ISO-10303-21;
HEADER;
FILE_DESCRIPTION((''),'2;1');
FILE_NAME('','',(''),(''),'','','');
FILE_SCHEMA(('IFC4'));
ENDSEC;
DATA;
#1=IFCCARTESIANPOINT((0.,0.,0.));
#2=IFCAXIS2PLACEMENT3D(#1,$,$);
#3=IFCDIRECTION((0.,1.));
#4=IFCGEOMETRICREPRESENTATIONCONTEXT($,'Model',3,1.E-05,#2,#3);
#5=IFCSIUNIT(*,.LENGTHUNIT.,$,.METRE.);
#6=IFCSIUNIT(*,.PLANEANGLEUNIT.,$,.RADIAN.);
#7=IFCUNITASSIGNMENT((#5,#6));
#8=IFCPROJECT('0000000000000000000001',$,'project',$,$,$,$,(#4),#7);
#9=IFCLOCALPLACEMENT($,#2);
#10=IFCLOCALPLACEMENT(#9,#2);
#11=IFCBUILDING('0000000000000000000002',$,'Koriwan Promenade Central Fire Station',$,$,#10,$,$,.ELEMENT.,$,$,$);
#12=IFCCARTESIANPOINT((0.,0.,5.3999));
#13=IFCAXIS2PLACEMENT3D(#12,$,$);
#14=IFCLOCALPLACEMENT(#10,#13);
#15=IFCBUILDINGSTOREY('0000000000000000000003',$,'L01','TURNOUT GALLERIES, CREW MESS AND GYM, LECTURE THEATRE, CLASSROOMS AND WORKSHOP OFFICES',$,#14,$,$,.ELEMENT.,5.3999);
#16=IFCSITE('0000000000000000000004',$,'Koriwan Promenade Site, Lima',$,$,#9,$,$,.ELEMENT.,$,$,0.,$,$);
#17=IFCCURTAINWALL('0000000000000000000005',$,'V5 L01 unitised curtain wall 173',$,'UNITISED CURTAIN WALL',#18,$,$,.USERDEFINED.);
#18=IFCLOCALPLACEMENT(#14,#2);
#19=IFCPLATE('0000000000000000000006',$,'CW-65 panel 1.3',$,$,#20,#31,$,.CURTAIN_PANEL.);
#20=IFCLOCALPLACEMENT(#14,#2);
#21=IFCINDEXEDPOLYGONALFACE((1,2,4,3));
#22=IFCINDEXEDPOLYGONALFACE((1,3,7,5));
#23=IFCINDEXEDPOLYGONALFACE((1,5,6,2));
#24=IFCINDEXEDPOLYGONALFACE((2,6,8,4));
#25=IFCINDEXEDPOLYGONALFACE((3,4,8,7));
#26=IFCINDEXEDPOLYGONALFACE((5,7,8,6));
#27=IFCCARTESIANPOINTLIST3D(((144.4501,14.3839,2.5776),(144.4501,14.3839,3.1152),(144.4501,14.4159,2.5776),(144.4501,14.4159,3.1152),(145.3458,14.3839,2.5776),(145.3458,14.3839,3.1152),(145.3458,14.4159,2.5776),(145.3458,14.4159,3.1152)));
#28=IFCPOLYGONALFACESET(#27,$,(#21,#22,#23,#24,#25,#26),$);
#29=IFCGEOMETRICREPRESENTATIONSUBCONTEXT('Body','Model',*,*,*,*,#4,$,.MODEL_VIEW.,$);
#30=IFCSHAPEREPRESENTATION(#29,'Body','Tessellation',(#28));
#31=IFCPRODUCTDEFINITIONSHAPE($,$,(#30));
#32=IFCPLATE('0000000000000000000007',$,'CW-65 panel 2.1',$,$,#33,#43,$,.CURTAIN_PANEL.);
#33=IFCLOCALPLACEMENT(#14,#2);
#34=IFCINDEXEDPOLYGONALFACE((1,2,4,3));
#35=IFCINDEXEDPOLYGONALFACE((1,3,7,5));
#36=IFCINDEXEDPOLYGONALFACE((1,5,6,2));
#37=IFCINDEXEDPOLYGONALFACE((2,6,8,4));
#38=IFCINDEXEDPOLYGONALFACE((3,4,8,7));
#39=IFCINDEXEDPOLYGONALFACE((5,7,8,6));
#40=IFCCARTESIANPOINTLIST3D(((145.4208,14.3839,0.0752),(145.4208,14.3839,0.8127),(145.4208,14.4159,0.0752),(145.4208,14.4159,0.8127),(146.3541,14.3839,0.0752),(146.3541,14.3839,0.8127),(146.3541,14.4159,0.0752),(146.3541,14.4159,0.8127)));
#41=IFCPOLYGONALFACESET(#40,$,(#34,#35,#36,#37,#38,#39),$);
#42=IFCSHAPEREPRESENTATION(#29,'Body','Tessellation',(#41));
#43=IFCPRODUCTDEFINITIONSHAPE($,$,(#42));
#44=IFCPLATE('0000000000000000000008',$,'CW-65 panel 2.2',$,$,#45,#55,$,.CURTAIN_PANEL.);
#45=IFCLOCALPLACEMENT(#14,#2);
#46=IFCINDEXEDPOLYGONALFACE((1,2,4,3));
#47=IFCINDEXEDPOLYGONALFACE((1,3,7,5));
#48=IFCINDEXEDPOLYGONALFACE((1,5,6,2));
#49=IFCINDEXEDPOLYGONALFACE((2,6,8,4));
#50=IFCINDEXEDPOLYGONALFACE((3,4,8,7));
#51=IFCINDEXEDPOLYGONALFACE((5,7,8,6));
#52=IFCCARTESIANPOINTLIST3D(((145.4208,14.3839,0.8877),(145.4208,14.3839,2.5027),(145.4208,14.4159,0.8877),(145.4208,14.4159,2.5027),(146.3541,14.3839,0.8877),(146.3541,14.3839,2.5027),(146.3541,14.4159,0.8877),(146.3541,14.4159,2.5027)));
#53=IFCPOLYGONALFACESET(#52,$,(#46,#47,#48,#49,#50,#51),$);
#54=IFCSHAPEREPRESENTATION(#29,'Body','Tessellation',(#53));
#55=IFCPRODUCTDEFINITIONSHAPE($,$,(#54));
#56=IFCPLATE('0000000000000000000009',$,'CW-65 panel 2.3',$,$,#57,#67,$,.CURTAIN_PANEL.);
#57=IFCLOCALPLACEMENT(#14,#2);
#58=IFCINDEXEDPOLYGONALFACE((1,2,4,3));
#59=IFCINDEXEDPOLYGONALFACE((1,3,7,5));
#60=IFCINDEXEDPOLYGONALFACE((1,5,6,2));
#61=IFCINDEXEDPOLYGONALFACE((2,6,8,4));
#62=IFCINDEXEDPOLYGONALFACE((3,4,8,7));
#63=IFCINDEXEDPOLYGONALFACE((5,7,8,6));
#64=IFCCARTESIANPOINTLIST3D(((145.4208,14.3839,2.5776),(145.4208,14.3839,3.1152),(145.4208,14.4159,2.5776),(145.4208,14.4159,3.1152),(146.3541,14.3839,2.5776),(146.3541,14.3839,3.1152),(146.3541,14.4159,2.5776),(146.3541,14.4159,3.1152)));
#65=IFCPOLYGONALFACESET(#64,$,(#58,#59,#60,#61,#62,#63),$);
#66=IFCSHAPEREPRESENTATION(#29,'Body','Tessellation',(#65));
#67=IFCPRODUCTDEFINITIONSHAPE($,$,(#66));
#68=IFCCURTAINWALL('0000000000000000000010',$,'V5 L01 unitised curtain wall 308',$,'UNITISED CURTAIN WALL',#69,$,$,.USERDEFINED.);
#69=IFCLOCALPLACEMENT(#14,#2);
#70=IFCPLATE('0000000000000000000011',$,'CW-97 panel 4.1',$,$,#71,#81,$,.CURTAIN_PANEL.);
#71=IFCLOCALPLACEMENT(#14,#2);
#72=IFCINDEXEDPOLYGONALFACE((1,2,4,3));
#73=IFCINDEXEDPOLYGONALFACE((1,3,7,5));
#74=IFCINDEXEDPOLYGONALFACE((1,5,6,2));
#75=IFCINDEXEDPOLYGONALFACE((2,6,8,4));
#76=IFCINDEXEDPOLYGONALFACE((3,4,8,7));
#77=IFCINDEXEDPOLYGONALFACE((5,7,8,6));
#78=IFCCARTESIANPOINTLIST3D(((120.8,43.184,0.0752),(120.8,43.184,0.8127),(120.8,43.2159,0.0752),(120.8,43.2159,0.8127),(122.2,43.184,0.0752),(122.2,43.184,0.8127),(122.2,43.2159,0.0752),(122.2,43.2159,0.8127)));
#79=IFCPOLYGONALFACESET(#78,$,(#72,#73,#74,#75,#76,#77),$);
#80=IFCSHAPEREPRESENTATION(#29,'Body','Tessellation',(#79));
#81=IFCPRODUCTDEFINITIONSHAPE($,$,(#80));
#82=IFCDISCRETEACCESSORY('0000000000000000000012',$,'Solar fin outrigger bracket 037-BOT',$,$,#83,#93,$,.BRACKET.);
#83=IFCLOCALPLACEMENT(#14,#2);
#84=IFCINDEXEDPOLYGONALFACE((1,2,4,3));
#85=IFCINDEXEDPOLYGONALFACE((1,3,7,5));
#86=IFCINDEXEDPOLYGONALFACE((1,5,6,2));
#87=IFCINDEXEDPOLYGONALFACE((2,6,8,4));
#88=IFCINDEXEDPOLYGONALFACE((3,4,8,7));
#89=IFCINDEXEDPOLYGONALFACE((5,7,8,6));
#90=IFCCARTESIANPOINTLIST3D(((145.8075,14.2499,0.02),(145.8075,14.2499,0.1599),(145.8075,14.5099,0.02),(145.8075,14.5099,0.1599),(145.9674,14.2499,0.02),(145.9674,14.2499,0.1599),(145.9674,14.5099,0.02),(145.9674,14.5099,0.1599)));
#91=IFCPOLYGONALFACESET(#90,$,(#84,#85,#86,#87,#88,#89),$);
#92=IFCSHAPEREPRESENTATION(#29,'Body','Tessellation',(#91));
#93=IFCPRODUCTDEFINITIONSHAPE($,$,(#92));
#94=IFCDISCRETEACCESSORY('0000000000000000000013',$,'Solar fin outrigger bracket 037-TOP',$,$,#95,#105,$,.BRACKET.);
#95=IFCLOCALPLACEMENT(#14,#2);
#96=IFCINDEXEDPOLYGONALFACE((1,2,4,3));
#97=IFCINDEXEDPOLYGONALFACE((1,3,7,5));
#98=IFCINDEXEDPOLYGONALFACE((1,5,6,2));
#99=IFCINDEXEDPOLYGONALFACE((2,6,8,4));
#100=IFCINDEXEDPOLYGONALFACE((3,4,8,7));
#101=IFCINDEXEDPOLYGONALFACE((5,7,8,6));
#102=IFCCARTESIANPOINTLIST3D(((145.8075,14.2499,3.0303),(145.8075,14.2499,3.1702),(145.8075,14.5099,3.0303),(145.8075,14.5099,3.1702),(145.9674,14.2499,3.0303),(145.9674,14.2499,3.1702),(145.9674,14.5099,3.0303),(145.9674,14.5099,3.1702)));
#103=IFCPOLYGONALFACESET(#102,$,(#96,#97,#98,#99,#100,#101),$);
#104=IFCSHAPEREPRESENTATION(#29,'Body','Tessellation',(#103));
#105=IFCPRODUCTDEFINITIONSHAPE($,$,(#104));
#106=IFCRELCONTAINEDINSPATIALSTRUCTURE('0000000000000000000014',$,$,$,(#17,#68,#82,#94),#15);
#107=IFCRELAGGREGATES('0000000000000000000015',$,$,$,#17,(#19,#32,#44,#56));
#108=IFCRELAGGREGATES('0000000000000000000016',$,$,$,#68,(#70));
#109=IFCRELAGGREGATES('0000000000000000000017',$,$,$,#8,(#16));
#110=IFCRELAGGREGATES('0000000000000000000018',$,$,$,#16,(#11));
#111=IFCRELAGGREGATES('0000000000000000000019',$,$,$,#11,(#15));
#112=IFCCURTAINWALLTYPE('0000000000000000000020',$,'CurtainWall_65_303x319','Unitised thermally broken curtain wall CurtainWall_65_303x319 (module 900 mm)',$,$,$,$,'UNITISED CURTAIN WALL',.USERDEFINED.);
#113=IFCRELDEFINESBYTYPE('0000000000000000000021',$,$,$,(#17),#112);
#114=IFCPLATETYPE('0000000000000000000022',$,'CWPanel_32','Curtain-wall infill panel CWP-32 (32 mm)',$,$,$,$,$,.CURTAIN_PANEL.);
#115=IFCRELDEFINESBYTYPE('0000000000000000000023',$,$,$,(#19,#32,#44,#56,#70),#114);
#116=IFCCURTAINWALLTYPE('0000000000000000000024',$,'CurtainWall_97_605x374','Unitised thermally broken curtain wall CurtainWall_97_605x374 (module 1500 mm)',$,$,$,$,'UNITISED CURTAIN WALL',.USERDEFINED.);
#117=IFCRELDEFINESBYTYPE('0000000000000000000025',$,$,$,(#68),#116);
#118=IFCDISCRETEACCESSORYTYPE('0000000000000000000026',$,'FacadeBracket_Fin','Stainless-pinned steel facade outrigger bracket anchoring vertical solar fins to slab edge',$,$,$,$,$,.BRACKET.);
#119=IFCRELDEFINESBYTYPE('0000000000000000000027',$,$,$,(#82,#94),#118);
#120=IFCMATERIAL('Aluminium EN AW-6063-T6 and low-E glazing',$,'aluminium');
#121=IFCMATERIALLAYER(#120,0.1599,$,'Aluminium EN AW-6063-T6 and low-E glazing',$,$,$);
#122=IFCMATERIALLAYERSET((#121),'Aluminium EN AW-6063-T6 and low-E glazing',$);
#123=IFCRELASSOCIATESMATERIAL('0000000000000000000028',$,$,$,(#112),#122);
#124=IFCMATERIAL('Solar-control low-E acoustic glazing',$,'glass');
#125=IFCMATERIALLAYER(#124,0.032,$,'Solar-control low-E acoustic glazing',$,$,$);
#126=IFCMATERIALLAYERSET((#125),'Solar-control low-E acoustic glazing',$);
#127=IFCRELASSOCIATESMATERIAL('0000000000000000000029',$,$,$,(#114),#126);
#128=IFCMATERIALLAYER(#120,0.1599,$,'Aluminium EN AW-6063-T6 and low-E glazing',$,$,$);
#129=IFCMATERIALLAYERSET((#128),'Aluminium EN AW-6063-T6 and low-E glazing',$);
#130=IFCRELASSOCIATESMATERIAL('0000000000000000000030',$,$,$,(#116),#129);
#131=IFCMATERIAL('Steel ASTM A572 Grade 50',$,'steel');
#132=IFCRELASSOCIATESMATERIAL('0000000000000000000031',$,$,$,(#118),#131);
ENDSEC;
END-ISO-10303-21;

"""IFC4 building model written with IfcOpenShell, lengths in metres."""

from ifc_helpers import new_model, si_unit, direction, frame, origin, origin_2d, place, context, subcontext, project, spatial, rectangle, extrude, material, layer, layer_set, type_object, element, aggregate, save


model = new_model("IFC4")

# Units and contexts
model_context = context("Model", 3, precision=1e-05, world=origin(), true_north=direction((0.0, 1.0)))
body_context = subcontext(model_context, "Body", "Model", "MODEL_VIEW")
ifc_project = project(units=[si_unit("LENGTHUNIT", "METRE"), si_unit("PLANEANGLEUNIT", "RADIAN")], contexts=[model_context])

# Site, building, storey
site_placement = place(None, origin())
site = spatial("IfcSite", under=ifc_project, at=site_placement, Name="Koriwan Promenade Site, Lima", CompositionType="ELEMENT", RefElevation=0.0)
building_placement = place(site_placement, origin())
building = spatial("IfcBuilding", under=site, at=building_placement, Name="Koriwan Promenade Central Fire Station", CompositionType="ELEMENT")
storey_placement = place(building_placement, frame((0.0, 0.0, 5.3999)))
storey = spatial("IfcBuildingStorey", under=building, at=storey_placement, Name="L01", Description="TURNOUT GALLERIES, CREW MESS AND GYM, LECTURE THEATRE, CLASSROOMS AND WORKSHOP OFFICES", CompositionType="ELEMENT", Elevation=5.3999)

# Shared definitions
ifc_material_1 = material(Name="Aluminium EN AW-6063-T6 and low-E glazing", Category="aluminium")

# Curtain wall
ifc_layer_1 = layer(ifc_material_1, 0.1599, Name="Aluminium EN AW-6063-T6 and low-E glazing")
ifc_layer_set_1 = layer_set([ifc_layer_1], Name="Aluminium EN AW-6063-T6 and low-E glazing")
curtain_wall_type_1 = type_object("IfcCurtainWallType", Name="CurtainWall_65_303x319", Description="Unitised thermally broken curtain wall CurtainWall_65_303x319 (module 900 mm)", ElementType="UNITISED CURTAIN WALL", PredefinedType="USERDEFINED", material=ifc_layer_set_1)
curtain_wall_1_placement = place(storey_placement, origin())
curtain_wall_1 = element("IfcCurtainWall", 1, at=curtain_wall_1_placement, inside=storey, type_object=curtain_wall_type_1, Name="V5 L01 unitised curtain wall 173", ObjectType="UNITISED CURTAIN WALL", PredefinedType="USERDEFINED")

# Plates
ifc_material_2 = material(Name="Solar-control low-E acoustic glazing", Category="glass")
ifc_layer_2 = layer(ifc_material_2, 0.032, Name="Solar-control low-E acoustic glazing")
ifc_layer_set_2 = layer_set([ifc_layer_2], Name="Solar-control low-E acoustic glazing")
plate_type = type_object("IfcPlateType", Name="CWPanel_32", Description="Curtain-wall infill panel CWP-32 (32 mm)", PredefinedType="CURTAIN_PANEL", material=ifc_layer_set_2)
plate_1_placement = place(storey_placement, frame((144.8979, 14.3999, 2.5776), z_axis=(0.0, 0.0, 1.0), x_axis=(1.0, 0.0, 0.0)))
plate_1 = element("IfcPlate", 2, at=plate_1_placement, type_object=plate_type, Name="CW-65 panel 1.3", PredefinedType="CURTAIN_PANEL", context=body_context, shape_type="SweptSolid", body=[
    extrude(rectangle(XDim=0.8958, YDim=0.032, at=origin_2d()), origin(), (0.0, 0.0, 1.0), 0.5376),
])
plate_2_placement = place(storey_placement, frame((145.8875, 14.3999, 0.0752), z_axis=(0.0, 0.0, 1.0), x_axis=(1.0, 0.0, 0.0)))
plate_2 = element("IfcPlate", 3, at=plate_2_placement, type_object=plate_type, Name="CW-65 panel 2.1", PredefinedType="CURTAIN_PANEL", context=body_context, shape_type="SweptSolid", body=[
    extrude(rectangle(XDim=0.9333, YDim=0.032, at=origin_2d()), origin(), (0.0, 0.0, 1.0), 0.7375),
])
plate_3_placement = place(storey_placement, frame((145.8875, 14.3999, 0.8877), z_axis=(0.0, 0.0, 1.0), x_axis=(1.0, 0.0, 0.0)))
plate_3 = element("IfcPlate", 4, at=plate_3_placement, type_object=plate_type, Name="CW-65 panel 2.2", PredefinedType="CURTAIN_PANEL", context=body_context, shape_type="SweptSolid", body=[
    extrude(rectangle(XDim=0.9333, YDim=0.032, at=origin_2d()), origin(), (0.0, 0.0, 1.0), 1.615),
])
plate_4_placement = place(storey_placement, frame((145.8875, 14.3999, 2.5776), z_axis=(0.0, 0.0, 1.0), x_axis=(1.0, 0.0, 0.0)))
plate_4 = element("IfcPlate", 5, at=plate_4_placement, type_object=plate_type, Name="CW-65 panel 2.3", PredefinedType="CURTAIN_PANEL", context=body_context, shape_type="SweptSolid", body=[
    extrude(rectangle(XDim=0.9333, YDim=0.032, at=origin_2d()), origin(), (0.0, 0.0, 1.0), 0.5376),
])
aggregate(curtain_wall_1, [plate_1, plate_2, plate_3, plate_4])

# Curtain wall, plate
ifc_layer_3 = layer(ifc_material_1, 0.1599, Name="Aluminium EN AW-6063-T6 and low-E glazing")
ifc_layer_set_3 = layer_set([ifc_layer_3], Name="Aluminium EN AW-6063-T6 and low-E glazing")
curtain_wall_type_2 = type_object("IfcCurtainWallType", Name="CurtainWall_97_605x374", Description="Unitised thermally broken curtain wall CurtainWall_97_605x374 (module 1500 mm)", ElementType="UNITISED CURTAIN WALL", PredefinedType="USERDEFINED", material=ifc_layer_set_3)
curtain_wall_2_placement = place(storey_placement, origin())
curtain_wall_2 = element("IfcCurtainWall", 6, at=curtain_wall_2_placement, inside=storey, type_object=curtain_wall_type_2, Name="V5 L01 unitised curtain wall 308", ObjectType="UNITISED CURTAIN WALL", PredefinedType="USERDEFINED")
plate_5_placement = place(storey_placement, frame((121.5, 43.2, 0.0752), z_axis=(0.0, 0.0, 1.0), x_axis=(1.0, 0.0, 0.0)))
plate_5 = element("IfcPlate", 7, at=plate_5_placement, type_object=plate_type, Name="CW-97 panel 4.1", PredefinedType="CURTAIN_PANEL", context=body_context, shape_type="SweptSolid", body=[
    extrude(rectangle(XDim=1.3999, YDim=0.032, at=origin_2d()), origin(), (0.0, 0.0, 1.0), 0.7375),
])
aggregate(curtain_wall_2, [plate_5])

# Discrete accessories
ifc_material_3 = material(Name="Steel ASTM A572 Grade 50", Category="steel")
discrete_accessory_type = type_object("IfcDiscreteAccessoryType", Name="FacadeBracket_Fin", Description="Stainless-pinned steel facade outrigger bracket anchoring vertical solar fins to slab edge", PredefinedType="BRACKET", material=ifc_material_3)
for number, where, z_axis, x_axis, name in (
    (8, (145.8875, 14.3799, 0.02), (0.0, 0.0, 1.0), (0.0, -1.0, 0.0), "Solar fin outrigger bracket 037-BOT"),
    (9, (145.8875, 14.3799, 3.0303), (0.0, 0.0, 1.0), (0.0, -1.0, 0.0), "Solar fin outrigger bracket 037-TOP"),
):
    element("IfcDiscreteAccessory", number, at=place(storey_placement, frame(where, z_axis=z_axis, x_axis=x_axis)), inside=storey, type_object=discrete_accessory_type, Name=name, PredefinedType="BRACKET", context=body_context, shape_type="SweptSolid", body=[
        extrude(rectangle(XDim=0.26, YDim=0.1599, at=origin_2d()), origin(), (0.0, 0.0, 1.0), 0.1399),
    ])

save(model, "model.ifc")
